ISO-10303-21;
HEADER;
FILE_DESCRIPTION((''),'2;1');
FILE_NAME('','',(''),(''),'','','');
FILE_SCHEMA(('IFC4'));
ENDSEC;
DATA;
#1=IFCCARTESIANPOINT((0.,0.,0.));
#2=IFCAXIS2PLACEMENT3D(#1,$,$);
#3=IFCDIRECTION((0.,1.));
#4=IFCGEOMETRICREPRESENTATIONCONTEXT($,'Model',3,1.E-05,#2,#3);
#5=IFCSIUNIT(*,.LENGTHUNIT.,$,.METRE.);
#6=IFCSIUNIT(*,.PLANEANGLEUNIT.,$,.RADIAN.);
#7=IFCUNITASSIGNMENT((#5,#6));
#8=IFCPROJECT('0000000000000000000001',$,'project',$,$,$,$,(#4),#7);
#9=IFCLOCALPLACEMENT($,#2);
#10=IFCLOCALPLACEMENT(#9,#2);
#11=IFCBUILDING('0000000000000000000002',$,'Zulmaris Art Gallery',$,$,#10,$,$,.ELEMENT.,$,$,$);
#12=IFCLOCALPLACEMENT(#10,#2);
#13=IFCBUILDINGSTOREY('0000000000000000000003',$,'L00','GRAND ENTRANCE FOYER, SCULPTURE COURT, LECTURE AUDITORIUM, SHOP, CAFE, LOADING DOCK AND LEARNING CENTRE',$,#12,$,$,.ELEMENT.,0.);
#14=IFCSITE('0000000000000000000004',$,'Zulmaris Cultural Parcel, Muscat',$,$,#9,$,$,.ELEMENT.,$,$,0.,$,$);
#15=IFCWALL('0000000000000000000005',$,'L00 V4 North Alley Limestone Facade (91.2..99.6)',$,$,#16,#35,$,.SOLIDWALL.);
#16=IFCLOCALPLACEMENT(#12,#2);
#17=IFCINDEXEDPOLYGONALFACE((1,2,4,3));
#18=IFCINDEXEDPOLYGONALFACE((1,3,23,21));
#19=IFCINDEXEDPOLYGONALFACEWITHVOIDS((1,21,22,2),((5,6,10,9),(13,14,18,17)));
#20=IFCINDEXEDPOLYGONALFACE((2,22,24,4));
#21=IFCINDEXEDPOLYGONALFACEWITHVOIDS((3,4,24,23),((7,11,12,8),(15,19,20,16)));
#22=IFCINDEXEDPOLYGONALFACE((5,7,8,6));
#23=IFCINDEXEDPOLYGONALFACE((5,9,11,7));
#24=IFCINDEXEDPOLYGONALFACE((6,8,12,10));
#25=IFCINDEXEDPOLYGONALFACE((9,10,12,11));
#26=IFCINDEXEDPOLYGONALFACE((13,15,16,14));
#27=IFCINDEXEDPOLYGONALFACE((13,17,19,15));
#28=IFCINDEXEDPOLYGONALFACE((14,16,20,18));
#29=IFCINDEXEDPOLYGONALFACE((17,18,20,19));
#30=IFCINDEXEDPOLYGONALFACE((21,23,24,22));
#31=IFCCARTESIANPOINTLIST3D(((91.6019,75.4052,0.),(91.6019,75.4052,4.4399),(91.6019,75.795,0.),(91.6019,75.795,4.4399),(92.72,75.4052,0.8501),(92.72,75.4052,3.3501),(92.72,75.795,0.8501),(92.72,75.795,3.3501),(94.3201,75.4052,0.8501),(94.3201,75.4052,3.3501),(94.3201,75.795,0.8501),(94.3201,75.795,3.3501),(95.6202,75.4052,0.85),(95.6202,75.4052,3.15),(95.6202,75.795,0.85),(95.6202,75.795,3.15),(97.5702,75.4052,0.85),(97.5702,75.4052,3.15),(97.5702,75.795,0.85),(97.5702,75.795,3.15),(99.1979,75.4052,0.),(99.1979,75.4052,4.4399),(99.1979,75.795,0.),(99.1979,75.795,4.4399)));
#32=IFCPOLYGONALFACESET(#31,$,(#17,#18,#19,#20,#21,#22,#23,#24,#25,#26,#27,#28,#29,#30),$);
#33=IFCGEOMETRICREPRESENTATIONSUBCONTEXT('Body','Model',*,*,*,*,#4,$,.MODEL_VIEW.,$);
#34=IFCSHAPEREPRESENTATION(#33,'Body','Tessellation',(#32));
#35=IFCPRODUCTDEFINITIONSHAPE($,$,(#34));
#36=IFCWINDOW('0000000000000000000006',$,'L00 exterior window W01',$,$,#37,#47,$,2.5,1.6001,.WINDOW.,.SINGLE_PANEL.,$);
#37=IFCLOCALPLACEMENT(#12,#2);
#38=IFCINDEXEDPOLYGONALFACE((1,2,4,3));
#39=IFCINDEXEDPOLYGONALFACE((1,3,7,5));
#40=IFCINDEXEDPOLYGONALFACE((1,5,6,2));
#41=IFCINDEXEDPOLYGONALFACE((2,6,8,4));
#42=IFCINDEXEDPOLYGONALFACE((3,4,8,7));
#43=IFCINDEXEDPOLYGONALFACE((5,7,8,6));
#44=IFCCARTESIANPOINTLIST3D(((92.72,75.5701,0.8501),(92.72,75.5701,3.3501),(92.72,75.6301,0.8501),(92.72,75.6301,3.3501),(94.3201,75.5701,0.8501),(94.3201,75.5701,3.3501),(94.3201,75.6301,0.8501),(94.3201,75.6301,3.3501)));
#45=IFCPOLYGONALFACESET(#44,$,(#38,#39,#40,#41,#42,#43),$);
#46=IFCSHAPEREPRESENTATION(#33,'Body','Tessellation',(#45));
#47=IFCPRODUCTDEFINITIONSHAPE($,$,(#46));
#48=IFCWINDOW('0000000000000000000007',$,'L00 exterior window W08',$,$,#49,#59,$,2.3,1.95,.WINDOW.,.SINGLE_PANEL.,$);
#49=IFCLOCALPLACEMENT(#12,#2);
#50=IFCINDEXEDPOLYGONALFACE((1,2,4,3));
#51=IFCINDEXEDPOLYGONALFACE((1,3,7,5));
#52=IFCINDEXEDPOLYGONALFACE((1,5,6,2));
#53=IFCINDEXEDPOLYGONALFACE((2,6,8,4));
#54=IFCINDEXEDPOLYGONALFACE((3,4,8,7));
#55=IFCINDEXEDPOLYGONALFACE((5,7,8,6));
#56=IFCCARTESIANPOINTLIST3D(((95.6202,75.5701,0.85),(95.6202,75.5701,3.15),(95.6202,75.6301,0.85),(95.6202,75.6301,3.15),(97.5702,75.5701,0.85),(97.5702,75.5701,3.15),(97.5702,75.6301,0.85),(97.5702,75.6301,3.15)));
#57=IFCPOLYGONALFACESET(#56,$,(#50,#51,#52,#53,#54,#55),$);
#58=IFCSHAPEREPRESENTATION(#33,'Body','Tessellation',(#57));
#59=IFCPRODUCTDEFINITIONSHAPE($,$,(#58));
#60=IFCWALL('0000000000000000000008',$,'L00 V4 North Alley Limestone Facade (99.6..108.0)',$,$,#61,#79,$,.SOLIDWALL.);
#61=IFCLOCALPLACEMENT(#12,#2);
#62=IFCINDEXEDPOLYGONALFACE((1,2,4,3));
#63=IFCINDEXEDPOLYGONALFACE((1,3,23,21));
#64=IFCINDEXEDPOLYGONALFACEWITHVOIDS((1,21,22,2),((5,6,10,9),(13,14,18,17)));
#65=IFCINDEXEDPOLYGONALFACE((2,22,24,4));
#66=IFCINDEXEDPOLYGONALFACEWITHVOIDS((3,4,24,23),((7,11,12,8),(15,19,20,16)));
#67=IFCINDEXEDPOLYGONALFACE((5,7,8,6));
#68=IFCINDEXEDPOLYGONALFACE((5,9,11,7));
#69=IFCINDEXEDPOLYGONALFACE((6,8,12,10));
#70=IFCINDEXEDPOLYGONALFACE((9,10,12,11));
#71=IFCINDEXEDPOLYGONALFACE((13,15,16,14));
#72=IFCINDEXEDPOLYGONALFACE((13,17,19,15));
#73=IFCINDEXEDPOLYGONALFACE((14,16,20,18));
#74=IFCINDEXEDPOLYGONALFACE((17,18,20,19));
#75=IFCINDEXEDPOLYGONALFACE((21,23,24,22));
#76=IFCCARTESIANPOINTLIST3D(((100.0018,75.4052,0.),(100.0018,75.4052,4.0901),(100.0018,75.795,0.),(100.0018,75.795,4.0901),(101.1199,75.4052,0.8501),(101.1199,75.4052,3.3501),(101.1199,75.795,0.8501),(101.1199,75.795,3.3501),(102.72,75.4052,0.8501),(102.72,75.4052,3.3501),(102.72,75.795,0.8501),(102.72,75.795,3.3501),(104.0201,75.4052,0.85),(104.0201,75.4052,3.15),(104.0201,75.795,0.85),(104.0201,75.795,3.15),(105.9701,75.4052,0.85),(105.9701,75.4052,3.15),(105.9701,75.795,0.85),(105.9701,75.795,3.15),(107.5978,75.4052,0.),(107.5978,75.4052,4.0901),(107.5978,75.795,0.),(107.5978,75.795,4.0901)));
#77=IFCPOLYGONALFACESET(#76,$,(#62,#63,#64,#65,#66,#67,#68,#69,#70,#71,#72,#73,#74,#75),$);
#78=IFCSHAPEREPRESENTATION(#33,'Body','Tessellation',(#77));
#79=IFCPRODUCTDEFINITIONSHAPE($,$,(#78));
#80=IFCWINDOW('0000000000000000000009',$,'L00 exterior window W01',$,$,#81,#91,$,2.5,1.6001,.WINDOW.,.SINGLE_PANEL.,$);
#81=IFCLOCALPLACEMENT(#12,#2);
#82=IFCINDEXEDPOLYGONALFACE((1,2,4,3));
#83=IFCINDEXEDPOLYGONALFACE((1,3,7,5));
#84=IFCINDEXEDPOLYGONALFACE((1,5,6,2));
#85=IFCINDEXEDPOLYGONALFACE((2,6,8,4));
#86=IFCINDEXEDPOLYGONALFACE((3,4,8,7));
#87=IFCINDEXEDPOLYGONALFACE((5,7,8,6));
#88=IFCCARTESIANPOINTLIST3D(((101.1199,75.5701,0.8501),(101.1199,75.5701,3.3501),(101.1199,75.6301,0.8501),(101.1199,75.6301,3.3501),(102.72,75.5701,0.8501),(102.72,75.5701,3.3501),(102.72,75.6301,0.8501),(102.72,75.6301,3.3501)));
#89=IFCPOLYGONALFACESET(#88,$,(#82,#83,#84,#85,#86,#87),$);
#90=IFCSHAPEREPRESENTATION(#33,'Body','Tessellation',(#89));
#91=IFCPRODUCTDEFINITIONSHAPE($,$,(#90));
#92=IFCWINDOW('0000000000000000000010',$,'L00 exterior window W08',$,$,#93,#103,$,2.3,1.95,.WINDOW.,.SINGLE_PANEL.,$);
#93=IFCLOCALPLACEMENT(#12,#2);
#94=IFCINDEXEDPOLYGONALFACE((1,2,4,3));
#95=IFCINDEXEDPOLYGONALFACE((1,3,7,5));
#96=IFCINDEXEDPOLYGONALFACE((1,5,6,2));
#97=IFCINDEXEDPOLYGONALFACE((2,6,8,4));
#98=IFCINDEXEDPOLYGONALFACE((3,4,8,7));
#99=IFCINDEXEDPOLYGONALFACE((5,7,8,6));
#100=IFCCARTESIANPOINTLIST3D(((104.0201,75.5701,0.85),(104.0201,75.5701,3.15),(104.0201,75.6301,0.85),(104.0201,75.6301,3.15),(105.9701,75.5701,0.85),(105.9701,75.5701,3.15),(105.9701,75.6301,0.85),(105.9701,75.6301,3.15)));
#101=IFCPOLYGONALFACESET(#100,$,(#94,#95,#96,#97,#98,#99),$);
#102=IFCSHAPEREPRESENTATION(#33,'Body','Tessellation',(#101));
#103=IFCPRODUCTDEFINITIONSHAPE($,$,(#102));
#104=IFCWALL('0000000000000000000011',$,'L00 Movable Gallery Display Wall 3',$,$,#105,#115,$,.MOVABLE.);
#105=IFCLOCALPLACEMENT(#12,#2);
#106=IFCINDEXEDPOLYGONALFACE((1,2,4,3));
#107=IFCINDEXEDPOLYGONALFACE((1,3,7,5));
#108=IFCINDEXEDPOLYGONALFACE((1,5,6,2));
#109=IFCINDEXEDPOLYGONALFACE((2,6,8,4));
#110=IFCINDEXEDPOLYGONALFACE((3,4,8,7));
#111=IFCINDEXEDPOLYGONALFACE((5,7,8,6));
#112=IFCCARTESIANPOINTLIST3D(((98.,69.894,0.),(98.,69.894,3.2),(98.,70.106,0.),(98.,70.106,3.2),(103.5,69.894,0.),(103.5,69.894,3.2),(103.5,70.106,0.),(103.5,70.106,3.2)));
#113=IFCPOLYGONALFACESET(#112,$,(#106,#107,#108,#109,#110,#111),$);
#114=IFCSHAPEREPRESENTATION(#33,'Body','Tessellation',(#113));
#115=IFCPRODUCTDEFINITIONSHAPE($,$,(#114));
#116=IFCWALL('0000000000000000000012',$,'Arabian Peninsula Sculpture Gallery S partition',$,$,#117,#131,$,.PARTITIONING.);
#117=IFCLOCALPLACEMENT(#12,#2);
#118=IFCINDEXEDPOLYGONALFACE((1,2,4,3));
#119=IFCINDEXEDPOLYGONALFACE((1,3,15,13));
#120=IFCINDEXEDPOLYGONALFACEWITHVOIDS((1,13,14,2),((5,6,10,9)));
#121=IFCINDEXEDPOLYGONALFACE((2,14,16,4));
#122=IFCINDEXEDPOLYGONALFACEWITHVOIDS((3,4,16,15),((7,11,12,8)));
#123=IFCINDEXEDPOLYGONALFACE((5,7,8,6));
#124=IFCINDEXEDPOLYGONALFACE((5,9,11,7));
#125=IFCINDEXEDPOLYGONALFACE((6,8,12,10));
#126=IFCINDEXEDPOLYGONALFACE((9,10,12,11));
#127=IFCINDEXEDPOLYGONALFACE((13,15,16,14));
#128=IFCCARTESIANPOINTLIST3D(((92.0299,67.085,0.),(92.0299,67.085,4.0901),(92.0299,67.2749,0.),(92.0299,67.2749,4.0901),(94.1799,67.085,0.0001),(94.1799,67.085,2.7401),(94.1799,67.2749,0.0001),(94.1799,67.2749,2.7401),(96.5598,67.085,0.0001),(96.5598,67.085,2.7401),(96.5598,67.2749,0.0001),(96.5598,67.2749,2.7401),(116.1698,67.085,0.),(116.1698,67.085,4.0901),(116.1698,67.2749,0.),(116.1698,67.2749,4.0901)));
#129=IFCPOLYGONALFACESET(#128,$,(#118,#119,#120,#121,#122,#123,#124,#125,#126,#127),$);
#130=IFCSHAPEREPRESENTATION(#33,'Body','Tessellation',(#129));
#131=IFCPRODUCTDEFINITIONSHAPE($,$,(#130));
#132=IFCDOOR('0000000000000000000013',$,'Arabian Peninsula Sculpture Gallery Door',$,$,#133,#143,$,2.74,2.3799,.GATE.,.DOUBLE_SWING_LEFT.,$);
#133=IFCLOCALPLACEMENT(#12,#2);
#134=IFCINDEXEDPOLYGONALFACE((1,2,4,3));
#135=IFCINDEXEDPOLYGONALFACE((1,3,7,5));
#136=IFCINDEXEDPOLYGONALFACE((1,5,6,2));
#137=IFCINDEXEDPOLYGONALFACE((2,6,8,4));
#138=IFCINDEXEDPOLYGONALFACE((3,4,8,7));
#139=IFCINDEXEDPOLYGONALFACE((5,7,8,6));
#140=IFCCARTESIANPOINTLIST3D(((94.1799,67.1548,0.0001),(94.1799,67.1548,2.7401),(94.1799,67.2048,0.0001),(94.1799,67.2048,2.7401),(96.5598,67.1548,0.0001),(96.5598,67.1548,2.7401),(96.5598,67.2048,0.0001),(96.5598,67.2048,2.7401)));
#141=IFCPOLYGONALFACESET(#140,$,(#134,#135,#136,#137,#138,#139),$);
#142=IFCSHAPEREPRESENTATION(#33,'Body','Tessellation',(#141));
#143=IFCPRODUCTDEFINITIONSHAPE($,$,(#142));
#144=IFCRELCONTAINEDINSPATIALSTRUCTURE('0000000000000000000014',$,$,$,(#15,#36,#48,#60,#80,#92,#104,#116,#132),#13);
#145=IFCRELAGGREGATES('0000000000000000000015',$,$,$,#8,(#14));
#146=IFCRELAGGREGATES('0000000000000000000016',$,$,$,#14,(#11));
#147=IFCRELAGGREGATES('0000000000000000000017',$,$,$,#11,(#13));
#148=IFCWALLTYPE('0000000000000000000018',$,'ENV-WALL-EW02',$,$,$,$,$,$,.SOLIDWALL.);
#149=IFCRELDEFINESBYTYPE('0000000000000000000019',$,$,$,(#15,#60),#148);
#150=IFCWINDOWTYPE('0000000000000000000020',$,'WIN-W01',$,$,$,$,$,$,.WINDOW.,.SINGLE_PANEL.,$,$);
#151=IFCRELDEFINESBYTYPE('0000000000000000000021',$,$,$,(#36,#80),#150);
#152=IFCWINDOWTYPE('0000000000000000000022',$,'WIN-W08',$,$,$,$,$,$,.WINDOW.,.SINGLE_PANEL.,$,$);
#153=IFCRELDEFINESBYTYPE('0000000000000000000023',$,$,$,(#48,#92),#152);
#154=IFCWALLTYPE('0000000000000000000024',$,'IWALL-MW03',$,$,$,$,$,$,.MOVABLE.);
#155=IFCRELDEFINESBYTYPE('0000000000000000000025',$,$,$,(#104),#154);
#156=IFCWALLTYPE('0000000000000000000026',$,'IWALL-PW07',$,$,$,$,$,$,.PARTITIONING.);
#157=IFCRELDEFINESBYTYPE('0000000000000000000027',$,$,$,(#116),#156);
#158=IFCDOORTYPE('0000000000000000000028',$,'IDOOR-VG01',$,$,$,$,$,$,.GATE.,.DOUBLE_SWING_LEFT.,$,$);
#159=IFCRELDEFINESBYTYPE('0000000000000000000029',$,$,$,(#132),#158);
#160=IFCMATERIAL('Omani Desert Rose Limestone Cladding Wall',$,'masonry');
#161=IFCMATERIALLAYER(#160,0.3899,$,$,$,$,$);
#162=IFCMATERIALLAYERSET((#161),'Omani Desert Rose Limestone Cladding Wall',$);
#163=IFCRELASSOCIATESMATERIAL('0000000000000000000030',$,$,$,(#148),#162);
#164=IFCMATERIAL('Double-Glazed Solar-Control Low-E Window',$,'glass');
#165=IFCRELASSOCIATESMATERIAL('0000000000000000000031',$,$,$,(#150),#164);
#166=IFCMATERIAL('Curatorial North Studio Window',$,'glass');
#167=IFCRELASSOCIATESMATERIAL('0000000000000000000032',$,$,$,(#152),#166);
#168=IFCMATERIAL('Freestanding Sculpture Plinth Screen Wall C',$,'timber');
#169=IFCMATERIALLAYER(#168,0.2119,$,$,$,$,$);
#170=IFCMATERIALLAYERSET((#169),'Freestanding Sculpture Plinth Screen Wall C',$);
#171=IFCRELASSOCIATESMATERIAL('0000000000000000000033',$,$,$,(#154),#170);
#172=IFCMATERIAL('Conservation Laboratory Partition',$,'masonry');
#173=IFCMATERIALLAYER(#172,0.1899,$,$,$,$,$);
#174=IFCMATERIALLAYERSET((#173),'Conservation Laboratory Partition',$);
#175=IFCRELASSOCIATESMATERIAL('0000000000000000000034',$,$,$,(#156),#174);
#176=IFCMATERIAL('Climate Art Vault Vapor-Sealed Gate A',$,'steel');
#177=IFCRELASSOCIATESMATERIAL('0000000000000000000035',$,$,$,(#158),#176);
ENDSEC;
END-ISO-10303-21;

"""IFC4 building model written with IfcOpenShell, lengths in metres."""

from ifc_helpers import new_model, si_unit, direction, frame, frame_2d, origin, place, context, subcontext, project, spatial, rectangle, extrude, material, layer, layer_set, type_object, element, fill, save


model = new_model("IFC4")

# Units and contexts
model_context = context("Model", 3, precision=1e-05, world=origin(), true_north=direction((0.0, 1.0)))
body_context = subcontext(model_context, "Body", "Model", "MODEL_VIEW")
ifc_project = project(units=[si_unit("LENGTHUNIT", "METRE"), si_unit("PLANEANGLEUNIT", "RADIAN")], contexts=[model_context])

# Site, building, storey
site_placement = place(None, origin())
site = spatial("IfcSite", under=ifc_project, at=site_placement, Name="Zulmaris Cultural Parcel, Muscat", CompositionType="ELEMENT", RefElevation=0.0)
building_placement = place(site_placement, origin())
building = spatial("IfcBuilding", under=site, at=building_placement, Name="Zulmaris Art Gallery", CompositionType="ELEMENT")
storey_placement = place(building_placement, origin())
storey = spatial("IfcBuildingStorey", under=building, at=storey_placement, Name="L00", Description="GRAND ENTRANCE FOYER, SCULPTURE COURT, LECTURE AUDITORIUM, SHOP, CAFE, LOADING DOCK AND LEARNING CENTRE", CompositionType="ELEMENT", Elevation=0.0)

# Walls, openings, windows
ifc_material_1 = material(Name="Omani Desert Rose Limestone Cladding Wall", Category="masonry")
ifc_layer_1 = layer(ifc_material_1, 0.3899)
ifc_layer_set_1 = layer_set([ifc_layer_1], Name="Omani Desert Rose Limestone Cladding Wall")
wall_type_1 = type_object("IfcWallType", Name="ENV-WALL-EW02", PredefinedType="SOLIDWALL", material=ifc_layer_set_1)
wall_1_placement = place(storey_placement, frame((91.6021, 75.6001, 0.0), z_axis=(0.0, 0.0, 1.0), x_axis=(1.0, 0.0, 0.0)))
wall_1 = element("IfcWall", 1, at=wall_1_placement, inside=storey, type_object=wall_type_1, Name="L00 V4 North Alley Limestone Facade (91.2..99.6)", PredefinedType="SOLIDWALL", context=body_context, shape_type="SweptSolid", body=[
    extrude(rectangle(XDim=7.5959, YDim=0.3899, at=frame_2d((3.7979, 0.0))), origin(), (0.0, 0.0, 1.0), 4.4399),
])
opening_1_placement = place(wall_1_placement, frame((1.1179, 0.0, 0.8501)))
opening_1 = element("IfcOpeningElement", 2, at=opening_1_placement, cuts=wall_1, PredefinedType="OPENING", context=body_context, shape_type="SweptSolid", body=[
    extrude(rectangle(XDim=1.6001, YDim=2.5, at=frame_2d((0.8, 1.25))), frame((0.0, 0.2048, 0.0), z_axis=(0.0, -1.0, 0.0), x_axis=(1.0, 0.0, 0.0)), (0.0, 0.0, 1.0), 0.4099),
])
opening_2_placement = place(wall_1_placement, frame((4.0181, 0.0, 0.8501)))
opening_2 = element("IfcOpeningElement", 3, at=opening_2_placement, cuts=wall_1, PredefinedType="OPENING", context=body_context, shape_type="SweptSolid", body=[
    extrude(rectangle(XDim=1.95, YDim=2.3, at=frame_2d((0.9751, 1.1499))), frame((0.0, 0.2048, 0.0), z_axis=(0.0, -1.0, 0.0), x_axis=(1.0, 0.0, 0.0)), (0.0, 0.0, 1.0), 0.4099),
])
ifc_material_2 = material(Name="Double-Glazed Solar-Control Low-E Window", Category="glass")
window_type_1 = type_object("IfcWindowType", Name="WIN-W01", PartitioningType="SINGLE_PANEL", PredefinedType="WINDOW", material=ifc_material_2)
window_1_placement = place(opening_1_placement, origin())
window_1 = element("IfcWindow", 4, at=window_1_placement, inside=storey, type_object=window_type_1, Name="L00 exterior window W01", OverallHeight=2.5, OverallWidth=1.6001, PartitioningType="SINGLE_PANEL", PredefinedType="WINDOW", context=body_context, shape_type="SweptSolid", body=[
    extrude(rectangle(XDim=1.6001, YDim=2.5, at=frame_2d((0.8, 1.25))), frame((0.0, 0.03, 0.0), z_axis=(0.0, -1.0, 0.0), x_axis=(1.0, 0.0, 0.0)), (0.0, 0.0, 1.0), 0.0601),
])
fill(opening_1, window_1)
ifc_material_3 = material(Name="Curatorial North Studio Window", Category="glass")
window_type_2 = type_object("IfcWindowType", Name="WIN-W08", PartitioningType="SINGLE_PANEL", PredefinedType="WINDOW", material=ifc_material_3)
window_2_placement = place(opening_2_placement, origin())
window_2 = element("IfcWindow", 5, at=window_2_placement, inside=storey, type_object=window_type_2, Name="L00 exterior window W08", OverallHeight=2.3, OverallWidth=1.95, PartitioningType="SINGLE_PANEL", PredefinedType="WINDOW", context=body_context, shape_type="SweptSolid", body=[
    extrude(rectangle(XDim=1.95, YDim=2.3, at=frame_2d((0.9751, 1.1499))), frame((0.0, 0.03, 0.0), z_axis=(0.0, -1.0, 0.0), x_axis=(1.0, 0.0, 0.0)), (0.0, 0.0, 1.0), 0.0601),
])
fill(opening_2, window_2)
wall_2_placement = place(storey_placement, frame((100.002, 75.6001, 0.0), z_axis=(0.0, 0.0, 1.0), x_axis=(1.0, 0.0, 0.0)))
wall_2 = element("IfcWall", 6, at=wall_2_placement, inside=storey, type_object=wall_type_1, Name="L00 V4 North Alley Limestone Facade (99.6..108.0)", PredefinedType="SOLIDWALL", context=body_context, shape_type="SweptSolid", body=[
    extrude(rectangle(XDim=7.5959, YDim=0.3899, at=frame_2d((3.7979, 0.0))), origin(), (0.0, 0.0, 1.0), 4.0901),
])
opening_3_placement = place(wall_2_placement, frame((1.1179, 0.0, 0.8501)))
opening_3 = element("IfcOpeningElement", 7, at=opening_3_placement, cuts=wall_2, PredefinedType="OPENING", context=body_context, shape_type="SweptSolid", body=[
    extrude(rectangle(XDim=1.6001, YDim=2.5, at=frame_2d((0.8, 1.25))), frame((0.0, 0.2048, 0.0), z_axis=(0.0, -1.0, 0.0), x_axis=(1.0, 0.0, 0.0)), (0.0, 0.0, 1.0), 0.4099),
])
opening_4_placement = place(wall_2_placement, frame((4.0181, 0.0, 0.8501)))
opening_4 = element("IfcOpeningElement", 8, at=opening_4_placement, cuts=wall_2, PredefinedType="OPENING", context=body_context, shape_type="SweptSolid", body=[
    extrude(rectangle(XDim=1.95, YDim=2.3, at=frame_2d((0.9751, 1.1499))), frame((0.0, 0.2048, 0.0), z_axis=(0.0, -1.0, 0.0), x_axis=(1.0, 0.0, 0.0)), (0.0, 0.0, 1.0), 0.4099),
])
window_3_placement = place(opening_3_placement, origin())
window_3 = element("IfcWindow", 9, at=window_3_placement, inside=storey, type_object=window_type_1, Name="L00 exterior window W01", OverallHeight=2.5, OverallWidth=1.6001, PartitioningType="SINGLE_PANEL", PredefinedType="WINDOW", context=body_context, shape_type="SweptSolid", body=[
    extrude(rectangle(XDim=1.6001, YDim=2.5, at=frame_2d((0.8, 1.25))), frame((0.0, 0.03, 0.0), z_axis=(0.0, -1.0, 0.0), x_axis=(1.0, 0.0, 0.0)), (0.0, 0.0, 1.0), 0.0601),
])
fill(opening_3, window_3)
window_4_placement = place(opening_4_placement, origin())
window_4 = element("IfcWindow", 10, at=window_4_placement, inside=storey, type_object=window_type_2, Name="L00 exterior window W08", OverallHeight=2.3, OverallWidth=1.95, PartitioningType="SINGLE_PANEL", PredefinedType="WINDOW", context=body_context, shape_type="SweptSolid", body=[
    extrude(rectangle(XDim=1.95, YDim=2.3, at=frame_2d((0.9751, 1.1499))), frame((0.0, 0.03, 0.0), z_axis=(0.0, -1.0, 0.0), x_axis=(1.0, 0.0, 0.0)), (0.0, 0.0, 1.0), 0.0601),
])
fill(opening_4, window_4)

# Wall
ifc_material_4 = material(Name="Freestanding Sculpture Plinth Screen Wall C", Category="timber")
ifc_layer_2 = layer(ifc_material_4, 0.2119)
ifc_layer_set_2 = layer_set([ifc_layer_2], Name="Freestanding Sculpture Plinth Screen Wall C")
wall_type_2 = type_object("IfcWallType", Name="IWALL-MW03", PredefinedType="MOVABLE", material=ifc_layer_set_2)
wall_3_placement = place(storey_placement, frame((98.0, 70.0, 0.0), z_axis=(0.0, 0.0, 1.0), x_axis=(1.0, 0.0, 0.0)))
element("IfcWall", 11, at=wall_3_placement, inside=storey, type_object=wall_type_2, Name="L00 Movable Gallery Display Wall 3", PredefinedType="MOVABLE", context=body_context, shape_type="SweptSolid", body=[
    extrude(rectangle(XDim=5.5, YDim=0.2119, at=frame_2d((2.75, 0.0))), origin(), (0.0, 0.0, 1.0), 3.2),
])

# Wall, opening, door
ifc_material_5 = material(Name="Conservation Laboratory Partition", Category="masonry")
ifc_layer_3 = layer(ifc_material_5, 0.1899)
ifc_layer_set_3 = layer_set([ifc_layer_3], Name="Conservation Laboratory Partition")
wall_type_3 = type_object("IfcWallType", Name="IWALL-PW07", PredefinedType="PARTITIONING", material=ifc_layer_set_3)
wall_4_placement = place(storey_placement, frame((92.03, 67.1799, 0.0), z_axis=(0.0, 0.0, 1.0), x_axis=(1.0, 0.0, 0.0)))
wall_4 = element("IfcWall", 12, at=wall_4_placement, inside=storey, type_object=wall_type_3, Name="Arabian Peninsula Sculpture Gallery S partition", PredefinedType="PARTITIONING", context=body_context, shape_type="SweptSolid", body=[
    extrude(rectangle(XDim=24.1399, YDim=0.1899, at=frame_2d((12.0698, 0.0))), origin(), (0.0, 0.0, 1.0), 4.0901),
])
opening_5_placement = place(wall_4_placement, frame((2.1499, 0.0, 0.0)))
opening_5 = element("IfcOpeningElement", 13, at=opening_5_placement, cuts=wall_4, PredefinedType="OPENING", context=body_context, shape_type="SweptSolid", body=[
    extrude(rectangle(XDim=2.3799, YDim=2.74, at=frame_2d((1.1899, 1.3701))), frame((0.0, 0.105, 0.0), z_axis=(0.0, -1.0, 0.0), x_axis=(1.0, 0.0, 0.0)), (0.0, 0.0, 1.0), 0.21),
])
ifc_material_6 = material(Name="Climate Art Vault Vapor-Sealed Gate A", Category="steel")
door_type = type_object("IfcDoorType", Name="IDOOR-VG01", OperationType="DOUBLE_SWING_LEFT", PredefinedType="GATE", material=ifc_material_6)
door_placement = place(opening_5_placement, origin())
door = element("IfcDoor", 14, at=door_placement, inside=storey, type_object=door_type, Name="Arabian Peninsula Sculpture Gallery Door", OperationType="DOUBLE_SWING_LEFT", OverallHeight=2.74, OverallWidth=2.3799, PredefinedType="GATE", context=body_context, shape_type="SweptSolid", body=[
    extrude(rectangle(XDim=2.3799, YDim=2.74, at=frame_2d((1.1899, 1.3701))), frame((0.0, 0.0249, 0.0), z_axis=(0.0, -1.0, 0.0), x_axis=(1.0, 0.0, 0.0)), (0.0, 0.0, 1.0), 0.05),
])
fill(opening_5, door)

save(model, "model.ifc")
